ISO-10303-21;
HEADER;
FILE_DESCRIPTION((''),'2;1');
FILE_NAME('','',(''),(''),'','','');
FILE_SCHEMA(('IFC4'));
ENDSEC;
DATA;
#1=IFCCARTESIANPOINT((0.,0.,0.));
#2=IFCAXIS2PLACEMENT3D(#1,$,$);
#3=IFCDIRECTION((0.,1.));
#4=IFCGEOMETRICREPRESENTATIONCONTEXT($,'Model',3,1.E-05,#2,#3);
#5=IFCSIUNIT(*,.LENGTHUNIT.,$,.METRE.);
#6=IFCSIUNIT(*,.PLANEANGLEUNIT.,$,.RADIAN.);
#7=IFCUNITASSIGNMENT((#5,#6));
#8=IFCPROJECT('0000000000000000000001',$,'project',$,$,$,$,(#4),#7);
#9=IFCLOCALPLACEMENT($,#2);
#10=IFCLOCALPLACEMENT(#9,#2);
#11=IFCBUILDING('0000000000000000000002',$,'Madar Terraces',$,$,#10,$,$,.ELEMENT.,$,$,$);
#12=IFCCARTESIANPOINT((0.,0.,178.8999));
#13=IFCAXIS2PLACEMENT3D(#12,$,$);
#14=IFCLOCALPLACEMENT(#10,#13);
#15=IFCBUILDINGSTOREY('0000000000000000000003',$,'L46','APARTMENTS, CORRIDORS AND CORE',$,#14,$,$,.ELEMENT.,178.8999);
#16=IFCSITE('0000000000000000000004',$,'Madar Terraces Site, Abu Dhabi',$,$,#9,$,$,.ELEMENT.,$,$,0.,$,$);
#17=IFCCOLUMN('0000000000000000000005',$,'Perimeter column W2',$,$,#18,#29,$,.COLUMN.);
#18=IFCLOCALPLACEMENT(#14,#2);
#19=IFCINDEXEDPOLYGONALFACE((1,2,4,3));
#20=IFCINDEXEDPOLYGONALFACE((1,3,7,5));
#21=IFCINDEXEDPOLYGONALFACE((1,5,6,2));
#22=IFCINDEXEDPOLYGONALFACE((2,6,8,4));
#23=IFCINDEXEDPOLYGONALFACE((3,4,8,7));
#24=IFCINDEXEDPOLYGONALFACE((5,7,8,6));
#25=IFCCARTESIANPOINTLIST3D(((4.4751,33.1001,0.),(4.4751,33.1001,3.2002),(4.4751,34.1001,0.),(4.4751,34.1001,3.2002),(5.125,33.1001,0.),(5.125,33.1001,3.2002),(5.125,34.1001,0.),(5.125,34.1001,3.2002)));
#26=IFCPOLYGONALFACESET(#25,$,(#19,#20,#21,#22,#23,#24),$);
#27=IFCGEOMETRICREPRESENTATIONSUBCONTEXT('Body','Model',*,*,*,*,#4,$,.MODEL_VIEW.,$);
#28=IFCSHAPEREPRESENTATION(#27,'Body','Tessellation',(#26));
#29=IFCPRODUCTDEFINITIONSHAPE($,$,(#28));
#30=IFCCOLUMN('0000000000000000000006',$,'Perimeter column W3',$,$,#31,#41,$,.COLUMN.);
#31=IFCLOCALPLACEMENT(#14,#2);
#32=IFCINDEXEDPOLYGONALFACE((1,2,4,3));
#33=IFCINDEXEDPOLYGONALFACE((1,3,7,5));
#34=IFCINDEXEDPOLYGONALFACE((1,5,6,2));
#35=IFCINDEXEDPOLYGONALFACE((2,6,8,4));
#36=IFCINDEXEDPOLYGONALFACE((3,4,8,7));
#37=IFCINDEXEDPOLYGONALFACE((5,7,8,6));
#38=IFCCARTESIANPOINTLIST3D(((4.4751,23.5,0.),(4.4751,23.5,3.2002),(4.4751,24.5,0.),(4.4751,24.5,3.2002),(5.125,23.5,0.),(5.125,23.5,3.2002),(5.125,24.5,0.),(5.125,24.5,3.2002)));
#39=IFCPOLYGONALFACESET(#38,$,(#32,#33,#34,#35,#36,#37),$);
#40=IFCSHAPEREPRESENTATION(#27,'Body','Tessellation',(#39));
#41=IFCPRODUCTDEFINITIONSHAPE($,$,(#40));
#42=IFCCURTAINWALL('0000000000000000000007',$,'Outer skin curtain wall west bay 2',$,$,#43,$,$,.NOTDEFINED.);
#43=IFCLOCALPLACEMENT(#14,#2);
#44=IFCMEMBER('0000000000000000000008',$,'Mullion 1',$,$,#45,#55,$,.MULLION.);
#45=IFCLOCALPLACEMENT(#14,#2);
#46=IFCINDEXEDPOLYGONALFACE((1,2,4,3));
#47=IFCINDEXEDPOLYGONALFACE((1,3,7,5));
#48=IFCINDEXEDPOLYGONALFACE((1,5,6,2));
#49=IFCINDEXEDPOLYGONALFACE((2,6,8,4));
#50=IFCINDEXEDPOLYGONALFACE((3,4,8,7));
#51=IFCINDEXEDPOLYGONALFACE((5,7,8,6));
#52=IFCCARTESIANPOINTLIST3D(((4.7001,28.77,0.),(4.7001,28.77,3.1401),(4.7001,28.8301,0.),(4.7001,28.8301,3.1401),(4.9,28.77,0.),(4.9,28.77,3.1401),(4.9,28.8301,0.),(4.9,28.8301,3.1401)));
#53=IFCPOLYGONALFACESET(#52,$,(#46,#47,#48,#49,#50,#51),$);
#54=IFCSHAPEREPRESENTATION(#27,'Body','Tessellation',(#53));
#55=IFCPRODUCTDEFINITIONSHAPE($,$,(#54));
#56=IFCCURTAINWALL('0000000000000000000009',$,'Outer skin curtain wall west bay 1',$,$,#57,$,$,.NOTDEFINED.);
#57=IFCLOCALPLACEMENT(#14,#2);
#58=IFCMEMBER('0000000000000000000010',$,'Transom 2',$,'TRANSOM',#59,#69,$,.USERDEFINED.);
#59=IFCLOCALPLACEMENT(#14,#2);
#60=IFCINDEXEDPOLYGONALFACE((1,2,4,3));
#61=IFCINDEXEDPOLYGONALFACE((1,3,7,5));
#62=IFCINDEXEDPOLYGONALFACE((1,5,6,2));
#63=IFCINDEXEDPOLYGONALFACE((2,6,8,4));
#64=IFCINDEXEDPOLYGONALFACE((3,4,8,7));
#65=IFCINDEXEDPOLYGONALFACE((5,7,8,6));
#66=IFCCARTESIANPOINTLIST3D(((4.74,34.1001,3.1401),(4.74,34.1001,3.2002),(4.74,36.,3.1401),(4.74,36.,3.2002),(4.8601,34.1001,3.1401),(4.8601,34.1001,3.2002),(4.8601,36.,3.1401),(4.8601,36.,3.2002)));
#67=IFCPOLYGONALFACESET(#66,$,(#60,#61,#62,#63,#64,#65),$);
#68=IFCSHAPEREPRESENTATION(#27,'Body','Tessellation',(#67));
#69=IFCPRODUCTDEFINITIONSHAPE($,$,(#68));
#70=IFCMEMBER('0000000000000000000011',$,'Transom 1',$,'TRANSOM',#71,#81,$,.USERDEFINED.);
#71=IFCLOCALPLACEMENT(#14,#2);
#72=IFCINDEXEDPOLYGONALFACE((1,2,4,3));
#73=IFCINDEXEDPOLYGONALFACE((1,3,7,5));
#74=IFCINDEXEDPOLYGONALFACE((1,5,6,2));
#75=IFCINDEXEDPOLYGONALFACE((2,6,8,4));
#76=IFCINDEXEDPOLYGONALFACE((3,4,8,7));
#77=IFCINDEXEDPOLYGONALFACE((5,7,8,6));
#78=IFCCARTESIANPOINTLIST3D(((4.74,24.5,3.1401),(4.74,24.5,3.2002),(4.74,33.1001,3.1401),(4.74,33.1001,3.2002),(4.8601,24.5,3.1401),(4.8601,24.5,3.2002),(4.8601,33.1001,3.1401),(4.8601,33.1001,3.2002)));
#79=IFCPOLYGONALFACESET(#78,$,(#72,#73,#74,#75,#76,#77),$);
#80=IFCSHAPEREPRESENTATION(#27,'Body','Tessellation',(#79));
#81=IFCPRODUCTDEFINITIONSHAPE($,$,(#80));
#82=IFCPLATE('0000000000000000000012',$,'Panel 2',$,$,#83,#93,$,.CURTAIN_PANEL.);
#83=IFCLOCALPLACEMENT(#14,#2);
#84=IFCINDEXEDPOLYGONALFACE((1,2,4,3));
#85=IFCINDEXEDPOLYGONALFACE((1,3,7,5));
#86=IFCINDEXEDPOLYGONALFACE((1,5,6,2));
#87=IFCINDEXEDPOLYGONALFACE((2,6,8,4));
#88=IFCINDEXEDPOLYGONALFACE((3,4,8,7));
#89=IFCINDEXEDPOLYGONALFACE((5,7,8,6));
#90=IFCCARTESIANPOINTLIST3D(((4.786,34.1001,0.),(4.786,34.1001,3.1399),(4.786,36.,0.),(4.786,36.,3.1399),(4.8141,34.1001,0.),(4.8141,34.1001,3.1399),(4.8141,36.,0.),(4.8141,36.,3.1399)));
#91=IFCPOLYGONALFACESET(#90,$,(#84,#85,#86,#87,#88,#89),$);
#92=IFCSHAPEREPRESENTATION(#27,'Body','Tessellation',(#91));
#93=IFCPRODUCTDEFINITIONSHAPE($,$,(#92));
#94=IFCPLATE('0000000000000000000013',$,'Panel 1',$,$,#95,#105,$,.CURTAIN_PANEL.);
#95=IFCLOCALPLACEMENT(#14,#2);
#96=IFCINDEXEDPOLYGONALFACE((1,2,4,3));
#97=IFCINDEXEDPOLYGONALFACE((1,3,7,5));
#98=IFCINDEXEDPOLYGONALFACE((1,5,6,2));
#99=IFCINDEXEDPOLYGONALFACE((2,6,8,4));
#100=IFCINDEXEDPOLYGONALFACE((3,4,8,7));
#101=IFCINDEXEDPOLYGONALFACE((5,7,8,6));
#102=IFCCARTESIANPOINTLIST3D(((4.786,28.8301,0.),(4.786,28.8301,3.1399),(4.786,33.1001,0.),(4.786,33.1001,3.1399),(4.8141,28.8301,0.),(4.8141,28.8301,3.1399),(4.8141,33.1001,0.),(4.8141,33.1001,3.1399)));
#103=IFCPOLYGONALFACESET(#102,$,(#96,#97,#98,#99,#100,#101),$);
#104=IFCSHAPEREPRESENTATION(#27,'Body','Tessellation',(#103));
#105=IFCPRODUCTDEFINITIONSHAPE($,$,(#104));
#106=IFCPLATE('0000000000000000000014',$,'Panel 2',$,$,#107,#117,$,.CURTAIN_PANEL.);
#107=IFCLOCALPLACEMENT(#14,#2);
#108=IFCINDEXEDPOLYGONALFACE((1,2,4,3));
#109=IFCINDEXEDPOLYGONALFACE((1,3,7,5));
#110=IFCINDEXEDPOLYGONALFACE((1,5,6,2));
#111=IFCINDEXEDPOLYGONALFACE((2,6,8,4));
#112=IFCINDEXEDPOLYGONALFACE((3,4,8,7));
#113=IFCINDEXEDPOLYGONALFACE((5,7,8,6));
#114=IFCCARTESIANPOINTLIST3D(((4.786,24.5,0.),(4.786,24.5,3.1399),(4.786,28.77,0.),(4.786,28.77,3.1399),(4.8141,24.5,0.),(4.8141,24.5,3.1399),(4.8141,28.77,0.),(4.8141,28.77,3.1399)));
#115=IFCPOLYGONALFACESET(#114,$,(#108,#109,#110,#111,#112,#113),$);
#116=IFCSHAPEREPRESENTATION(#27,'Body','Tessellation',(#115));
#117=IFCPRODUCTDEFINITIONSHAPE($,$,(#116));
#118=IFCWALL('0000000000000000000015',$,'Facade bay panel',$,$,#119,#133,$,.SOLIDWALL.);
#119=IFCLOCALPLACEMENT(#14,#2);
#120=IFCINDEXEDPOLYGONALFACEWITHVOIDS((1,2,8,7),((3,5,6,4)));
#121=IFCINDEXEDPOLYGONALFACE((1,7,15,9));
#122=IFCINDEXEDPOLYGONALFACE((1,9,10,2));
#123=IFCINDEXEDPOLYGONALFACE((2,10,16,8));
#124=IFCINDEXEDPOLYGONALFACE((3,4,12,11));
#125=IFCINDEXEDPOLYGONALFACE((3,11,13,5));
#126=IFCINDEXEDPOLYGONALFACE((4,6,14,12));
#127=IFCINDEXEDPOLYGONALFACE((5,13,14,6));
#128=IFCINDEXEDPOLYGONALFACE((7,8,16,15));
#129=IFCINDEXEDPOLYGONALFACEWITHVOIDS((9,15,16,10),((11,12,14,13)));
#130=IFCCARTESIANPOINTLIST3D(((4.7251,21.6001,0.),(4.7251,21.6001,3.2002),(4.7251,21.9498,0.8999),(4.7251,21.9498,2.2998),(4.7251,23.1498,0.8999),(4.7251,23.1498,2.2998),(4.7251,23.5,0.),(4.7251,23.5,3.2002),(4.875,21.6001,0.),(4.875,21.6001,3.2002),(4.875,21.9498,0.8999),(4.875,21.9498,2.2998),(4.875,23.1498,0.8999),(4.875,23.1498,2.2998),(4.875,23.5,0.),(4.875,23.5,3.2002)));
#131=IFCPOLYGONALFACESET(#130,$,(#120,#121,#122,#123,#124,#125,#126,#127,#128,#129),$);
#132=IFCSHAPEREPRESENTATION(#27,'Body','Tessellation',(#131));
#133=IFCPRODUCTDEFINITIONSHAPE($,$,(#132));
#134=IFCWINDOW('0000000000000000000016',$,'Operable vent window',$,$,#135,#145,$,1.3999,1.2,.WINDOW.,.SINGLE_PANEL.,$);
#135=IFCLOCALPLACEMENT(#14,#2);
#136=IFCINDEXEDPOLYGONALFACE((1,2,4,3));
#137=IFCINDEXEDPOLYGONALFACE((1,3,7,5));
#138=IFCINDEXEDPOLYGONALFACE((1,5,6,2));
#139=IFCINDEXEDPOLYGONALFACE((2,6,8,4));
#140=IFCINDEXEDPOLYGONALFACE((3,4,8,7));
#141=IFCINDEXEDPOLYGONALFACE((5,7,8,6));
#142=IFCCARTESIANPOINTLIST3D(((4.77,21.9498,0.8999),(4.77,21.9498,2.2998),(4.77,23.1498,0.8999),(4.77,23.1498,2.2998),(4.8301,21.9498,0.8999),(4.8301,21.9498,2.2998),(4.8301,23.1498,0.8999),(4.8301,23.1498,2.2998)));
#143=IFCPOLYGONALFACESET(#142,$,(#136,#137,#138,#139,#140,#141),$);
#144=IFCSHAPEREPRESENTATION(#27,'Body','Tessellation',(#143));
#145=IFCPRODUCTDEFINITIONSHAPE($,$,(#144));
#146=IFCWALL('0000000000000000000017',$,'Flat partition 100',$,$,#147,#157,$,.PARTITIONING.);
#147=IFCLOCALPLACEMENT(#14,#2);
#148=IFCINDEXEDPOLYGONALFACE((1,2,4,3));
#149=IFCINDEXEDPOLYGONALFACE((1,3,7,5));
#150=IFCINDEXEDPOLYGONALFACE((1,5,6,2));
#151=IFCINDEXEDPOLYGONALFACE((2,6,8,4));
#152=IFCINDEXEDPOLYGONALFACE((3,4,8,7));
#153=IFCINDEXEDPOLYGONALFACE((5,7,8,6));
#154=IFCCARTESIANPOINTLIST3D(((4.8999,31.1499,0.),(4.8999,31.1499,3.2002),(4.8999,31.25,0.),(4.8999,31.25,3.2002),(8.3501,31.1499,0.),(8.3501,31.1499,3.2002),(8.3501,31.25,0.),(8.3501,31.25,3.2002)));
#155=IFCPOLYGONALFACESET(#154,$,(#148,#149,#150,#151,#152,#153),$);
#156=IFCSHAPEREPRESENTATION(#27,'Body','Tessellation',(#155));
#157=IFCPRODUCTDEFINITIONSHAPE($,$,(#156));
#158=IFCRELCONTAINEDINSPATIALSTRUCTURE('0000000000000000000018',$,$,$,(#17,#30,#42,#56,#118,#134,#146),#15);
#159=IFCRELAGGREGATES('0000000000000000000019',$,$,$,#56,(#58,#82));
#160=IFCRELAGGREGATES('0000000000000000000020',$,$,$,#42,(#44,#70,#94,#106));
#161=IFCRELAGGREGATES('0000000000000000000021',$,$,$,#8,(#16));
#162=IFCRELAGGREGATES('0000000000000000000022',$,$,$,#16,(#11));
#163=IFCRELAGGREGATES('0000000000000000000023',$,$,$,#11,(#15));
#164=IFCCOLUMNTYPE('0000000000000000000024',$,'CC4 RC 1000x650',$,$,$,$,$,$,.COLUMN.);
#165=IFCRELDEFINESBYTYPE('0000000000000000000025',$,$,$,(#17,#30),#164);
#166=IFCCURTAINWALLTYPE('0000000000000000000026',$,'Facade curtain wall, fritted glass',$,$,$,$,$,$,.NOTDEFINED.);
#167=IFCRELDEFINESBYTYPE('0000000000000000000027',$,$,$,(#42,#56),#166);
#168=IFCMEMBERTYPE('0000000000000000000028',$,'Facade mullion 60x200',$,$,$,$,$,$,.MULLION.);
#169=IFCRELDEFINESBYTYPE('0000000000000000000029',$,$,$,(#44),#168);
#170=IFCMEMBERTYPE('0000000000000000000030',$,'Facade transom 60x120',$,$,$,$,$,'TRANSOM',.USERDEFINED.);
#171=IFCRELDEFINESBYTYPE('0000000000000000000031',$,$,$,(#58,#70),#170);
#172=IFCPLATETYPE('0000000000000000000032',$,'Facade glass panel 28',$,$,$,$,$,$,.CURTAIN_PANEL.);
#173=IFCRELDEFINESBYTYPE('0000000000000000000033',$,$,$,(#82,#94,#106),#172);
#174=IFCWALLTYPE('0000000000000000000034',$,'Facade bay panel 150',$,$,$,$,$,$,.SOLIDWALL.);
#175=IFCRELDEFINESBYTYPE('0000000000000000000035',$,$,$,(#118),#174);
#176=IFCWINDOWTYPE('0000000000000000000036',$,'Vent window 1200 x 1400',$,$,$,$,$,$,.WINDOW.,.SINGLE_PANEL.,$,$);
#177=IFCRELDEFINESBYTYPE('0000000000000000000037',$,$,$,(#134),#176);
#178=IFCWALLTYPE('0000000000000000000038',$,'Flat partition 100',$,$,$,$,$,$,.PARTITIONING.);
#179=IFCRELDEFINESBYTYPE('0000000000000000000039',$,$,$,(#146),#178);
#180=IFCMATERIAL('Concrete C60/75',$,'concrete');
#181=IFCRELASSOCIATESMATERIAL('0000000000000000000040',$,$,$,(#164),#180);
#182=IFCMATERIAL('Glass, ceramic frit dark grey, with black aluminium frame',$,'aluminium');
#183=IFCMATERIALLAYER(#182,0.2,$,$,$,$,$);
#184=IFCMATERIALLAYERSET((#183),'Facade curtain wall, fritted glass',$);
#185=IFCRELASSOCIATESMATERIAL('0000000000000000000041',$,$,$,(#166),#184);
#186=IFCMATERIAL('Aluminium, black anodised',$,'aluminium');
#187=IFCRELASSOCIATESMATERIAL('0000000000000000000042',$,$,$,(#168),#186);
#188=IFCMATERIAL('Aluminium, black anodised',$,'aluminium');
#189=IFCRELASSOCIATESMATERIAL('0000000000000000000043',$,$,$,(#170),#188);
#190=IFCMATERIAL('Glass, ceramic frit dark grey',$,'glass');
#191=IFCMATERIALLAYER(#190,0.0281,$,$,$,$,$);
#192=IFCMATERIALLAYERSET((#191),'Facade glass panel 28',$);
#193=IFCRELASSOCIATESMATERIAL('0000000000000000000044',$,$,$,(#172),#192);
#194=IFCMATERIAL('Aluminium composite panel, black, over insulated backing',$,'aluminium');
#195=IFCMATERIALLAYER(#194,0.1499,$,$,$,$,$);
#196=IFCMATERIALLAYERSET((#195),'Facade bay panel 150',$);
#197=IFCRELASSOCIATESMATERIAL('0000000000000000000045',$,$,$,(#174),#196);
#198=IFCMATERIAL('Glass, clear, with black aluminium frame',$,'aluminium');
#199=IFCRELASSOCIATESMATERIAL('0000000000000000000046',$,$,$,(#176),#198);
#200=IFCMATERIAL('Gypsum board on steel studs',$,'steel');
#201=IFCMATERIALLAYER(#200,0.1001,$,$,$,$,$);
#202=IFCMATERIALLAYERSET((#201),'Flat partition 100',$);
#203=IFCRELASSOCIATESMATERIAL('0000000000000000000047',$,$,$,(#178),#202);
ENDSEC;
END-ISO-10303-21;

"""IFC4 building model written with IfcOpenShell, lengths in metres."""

from ifc_helpers import new_model, si_unit, direction, frame, frame_2d, origin, origin_2d, place, context, subcontext, project, spatial, rectangle, extrude, material, layer, layer_set, material_profile, profile_set, type_object, element, fill, aggregate, save


model = new_model("IFC4")

# Units and contexts
model_context = context("Model", 3, precision=1e-05, world=origin(), true_north=direction((0.0, 1.0)))
body_context = subcontext(model_context, "Body", "Model", "MODEL_VIEW")
ifc_project = project(units=[si_unit("LENGTHUNIT", "METRE"), si_unit("PLANEANGLEUNIT", "RADIAN")], contexts=[model_context])

# Site, building, storey
site_placement = place(None, origin())
site = spatial("IfcSite", under=ifc_project, at=site_placement, Name="Madar Terraces Site, Abu Dhabi", CompositionType="ELEMENT", RefElevation=0.0)
building_placement = place(site_placement, origin())
building = spatial("IfcBuilding", under=site, at=building_placement, Name="Madar Terraces", CompositionType="ELEMENT")
storey_placement = place(building_placement, frame((0.0, 0.0, 178.8999)))
storey = spatial("IfcBuildingStorey", under=building, at=storey_placement, Name="L46", Description="APARTMENTS, CORRIDORS AND CORE", CompositionType="ELEMENT", Elevation=178.8999)

# Columns
ifc_material_1 = material(Name="Concrete C60/75", Category="concrete")
ifc_material_profile_1 = material_profile(ifc_material_1, rectangle(XDim=1.0, YDim=0.6499, at=origin_2d()), Name="CC4 RC 1000x650")
ifc_profile_set_1 = profile_set([ifc_material_profile_1], Name="Concrete C60/75")
column_type = type_object("IfcColumnType", Name="CC4 RC 1000x650", PredefinedType="COLUMN", material=ifc_profile_set_1)
for number, where, z_axis, x_axis, name in (
    (1, (4.8, 33.6001, 0.0), (0.0, 0.0, 1.0), (0.0, 1.0, 0.0), "Perimeter column W2"),
    (2, (4.8, 24.0, 0.0), (0.0, 0.0, 1.0), (0.0, 1.0, 0.0), "Perimeter column W3"),
):
    element("IfcColumn", number, at=place(storey_placement, frame(where, z_axis=z_axis, x_axis=x_axis)), inside=storey, type_object=column_type, Name=name, PredefinedType="COLUMN", context=body_context, shape_type="SweptSolid", body=[
        extrude(rectangle(XDim=1.0, YDim=0.6499, at=origin_2d()), origin(), (0.0, 0.0, 1.0), 3.2002),
    ])

# Curtain walls, members
ifc_material_2 = material(Name="Glass, ceramic frit dark grey, with black aluminium frame", Category="aluminium")
ifc_layer_1 = layer(ifc_material_2, 0.2)
ifc_layer_set_1 = layer_set([ifc_layer_1], Name="Facade curtain wall, fritted glass")
curtain_wall_type = type_object("IfcCurtainWallType", Name="Facade curtain wall, fritted glass", PredefinedType="NOTDEFINED", material=ifc_layer_set_1)
curtain_wall_1_placement = place(storey_placement, origin())
curtain_wall_1 = element("IfcCurtainWall", 3, at=curtain_wall_1_placement, inside=storey, type_object=curtain_wall_type, Name="Outer skin curtain wall west bay 2", PredefinedType="NOTDEFINED")
ifc_material_3 = material(Name="Aluminium, black anodised", Category="aluminium")
ifc_material_profile_2 = material_profile(ifc_material_3, rectangle(XDim=0.2, YDim=0.0601, at=origin_2d()), Name="Facade mullion 60x200")
ifc_profile_set_2 = profile_set([ifc_material_profile_2], Name="Aluminium, black anodised")
member_type_1 = type_object("IfcMemberType", Name="Facade mullion 60x200", PredefinedType="MULLION", material=ifc_profile_set_2)
member_1_placement = place(storey_placement, frame((4.8, 28.8, 0.0), z_axis=(0.0, 0.0, 1.0), x_axis=(1.0, 0.0, 0.0)))
member_1 = element("IfcMember", 4, at=member_1_placement, type_object=member_type_1, Name="Mullion 1", PredefinedType="MULLION", context=body_context, shape_type="SweptSolid", body=[
    extrude(rectangle(XDim=0.2, YDim=0.0601, at=origin_2d()), origin(), (0.0, 0.0, 1.0), 3.1401),
])
curtain_wall_2_placement = place(storey_placement, origin())
curtain_wall_2 = element("IfcCurtainWall", 5, at=curtain_wall_2_placement, inside=storey, type_object=curtain_wall_type, Name="Outer skin curtain wall west bay 1", PredefinedType="NOTDEFINED")
ifc_material_4 = material(Name="Aluminium, black anodised", Category="aluminium")
ifc_material_profile_3 = material_profile(ifc_material_4, rectangle(XDim=0.1201, YDim=0.0601, at=origin_2d()), Name="Facade transom 60x120")
ifc_profile_set_3 = profile_set([ifc_material_profile_3], Name="Aluminium, black anodised")
member_type_2 = type_object("IfcMemberType", Name="Facade transom 60x120", ElementType="TRANSOM", PredefinedType="USERDEFINED", material=ifc_profile_set_3)
member_2_placement = place(storey_placement, frame((4.8, 36.0, 3.1702), z_axis=(0.0, -1.0, 0.0), x_axis=(1.0, 0.0, 0.0)))
member_2 = element("IfcMember", 6, at=member_2_placement, type_object=member_type_2, Name="Transom 2", ObjectType="TRANSOM", PredefinedType="USERDEFINED", context=body_context, shape_type="SweptSolid", body=[
    extrude(rectangle(XDim=0.1201, YDim=0.0601, at=origin_2d()), origin(), (0.0, 0.0, 1.0), 1.8999),
])

# Member
member_3_placement = place(storey_placement, frame((4.8, 33.1001, 3.1702), z_axis=(0.0, -1.0, 0.0), x_axis=(1.0, 0.0, 0.0)))
member_3 = element("IfcMember", 7, at=member_3_placement, type_object=member_type_2, Name="Transom 1", ObjectType="TRANSOM", PredefinedType="USERDEFINED", context=body_context, shape_type="SweptSolid", body=[
    extrude(rectangle(XDim=0.1201, YDim=0.0601, at=origin_2d()), origin(), (0.0, 0.0, 1.0), 8.6001),
])

# Plates
ifc_material_5 = material(Name="Glass, ceramic frit dark grey", Category="glass")
ifc_layer_2 = layer(ifc_material_5, 0.0281)
ifc_layer_set_2 = layer_set([ifc_layer_2], Name="Facade glass panel 28")
plate_type = type_object("IfcPlateType", Name="Facade glass panel 28", PredefinedType="CURTAIN_PANEL", material=ifc_layer_set_2)
plate_1_placement = place(storey_placement, frame((4.8, 35.05, 0.0), z_axis=(0.0, 0.0, 1.0), x_axis=(0.0, -1.0, 0.0)))
plate_1 = element("IfcPlate", 8, at=plate_1_placement, type_object=plate_type, Name="Panel 2", PredefinedType="CURTAIN_PANEL", context=body_context, shape_type="SweptSolid", body=[
    extrude(rectangle(XDim=1.8999, YDim=0.0281, at=origin_2d()), origin(), (0.0, 0.0, 1.0), 3.1399),
])
aggregate(curtain_wall_2, [member_2, plate_1])
plate_2_placement = place(storey_placement, frame((4.8, 30.9651, 0.0), z_axis=(0.0, 0.0, 1.0), x_axis=(0.0, -1.0, 0.0)))
plate_2 = element("IfcPlate", 9, at=plate_2_placement, type_object=plate_type, Name="Panel 1", PredefinedType="CURTAIN_PANEL", context=body_context, shape_type="SweptSolid", body=[
    extrude(rectangle(XDim=4.27, YDim=0.0281, at=origin_2d()), origin(), (0.0, 0.0, 1.0), 3.1399),
])
plate_3_placement = place(storey_placement, frame((4.8, 26.635, 0.0), z_axis=(0.0, 0.0, 1.0), x_axis=(0.0, -1.0, 0.0)))
plate_3 = element("IfcPlate", 10, at=plate_3_placement, type_object=plate_type, Name="Panel 2", PredefinedType="CURTAIN_PANEL", context=body_context, shape_type="SweptSolid", body=[
    extrude(rectangle(XDim=4.27, YDim=0.0281, at=origin_2d()), origin(), (0.0, 0.0, 1.0), 3.1399),
])
aggregate(curtain_wall_1, [member_1, member_3, plate_2, plate_3])

# Shared definitions
ifc_material_6 = material(Name="Aluminium composite panel, black, over insulated backing", Category="aluminium")
ifc_layer_3 = layer(ifc_material_6, 0.1499)
ifc_layer_set_3 = layer_set([ifc_layer_3], Name="Facade bay panel 150")
wall_type_1 = type_object("IfcWallType", Name="Facade bay panel 150", PredefinedType="SOLIDWALL", material=ifc_layer_set_3)

# Wall, opening, window
wall_1_placement = place(storey_placement, frame((4.8, 23.5, 0.0), z_axis=(0.0, 0.0, 1.0), x_axis=(0.0, -1.0, 0.0)))
wall_1 = element("IfcWall", 11, at=wall_1_placement, inside=storey, type_object=wall_type_1, Name="Facade bay panel", PredefinedType="SOLIDWALL", context=body_context, shape_type="SweptSolid", body=[
    extrude(rectangle(XDim=1.8999, YDim=0.1499, at=frame_2d((0.95, 0.0))), origin(), (0.0, 0.0, 1.0), 3.2002),
])
opening_1_placement = place(wall_1_placement, frame((0.3501, 0.0, 0.8999)))
opening_1 = element("IfcOpeningElement", 12, at=opening_1_placement, cuts=wall_1, PredefinedType="OPENING", context=body_context, shape_type="SweptSolid", body=[
    extrude(rectangle(XDim=1.2, YDim=1.3999, at=frame_2d((0.6001, 0.7))), frame((0.0, 0.085, 0.0), z_axis=(0.0, -1.0, 0.0), x_axis=(1.0, 0.0, 0.0)), (0.0, 0.0, 1.0), 0.1699),
])
ifc_material_7 = material(Name="Glass, clear, with black aluminium frame", Category="aluminium")
window_type = type_object("IfcWindowType", Name="Vent window 1200 x 1400", PartitioningType="SINGLE_PANEL", PredefinedType="WINDOW", material=ifc_material_7)
window_placement = place(opening_1_placement, origin())
window = element("IfcWindow", 13, at=window_placement, inside=storey, type_object=window_type, Name="Operable vent window", OverallHeight=1.3999, OverallWidth=1.2, PartitioningType="SINGLE_PANEL", PredefinedType="WINDOW", context=body_context, shape_type="SweptSolid", body=[
    extrude(rectangle(XDim=1.2, YDim=1.3999, at=frame_2d((0.6001, 0.7))), frame((0.0, 0.03, 0.0), z_axis=(0.0, -1.0, 0.0), x_axis=(1.0, 0.0, 0.0)), (0.0, 0.0, 1.0), 0.0601),
])
fill(opening_1, window)

# Wall
ifc_material_8 = material(Name="Gypsum board on steel studs", Category="steel")
ifc_layer_4 = layer(ifc_material_8, 0.1001)
ifc_layer_set_4 = layer_set([ifc_layer_4], Name="Flat partition 100")
wall_type_2 = type_object("IfcWallType", Name="Flat partition 100", PredefinedType="PARTITIONING", material=ifc_layer_set_4)
wall_2_placement = place(storey_placement, frame((8.3501, 31.2, 0.0), z_axis=(0.0, 0.0, 1.0), x_axis=(-1.0, 0.0, 0.0)))
element("IfcWall", 14, at=wall_2_placement, inside=storey, type_object=wall_type_2, Name="Flat partition 100", PredefinedType="PARTITIONING", context=body_context, shape_type="SweptSolid", body=[
    extrude(rectangle(XDim=3.4502, YDim=0.1001, at=frame_2d((1.7251, 0.0))), origin(), (0.0, 0.0, 1.0), 3.2002),
])

save(model, "model.ifc")
